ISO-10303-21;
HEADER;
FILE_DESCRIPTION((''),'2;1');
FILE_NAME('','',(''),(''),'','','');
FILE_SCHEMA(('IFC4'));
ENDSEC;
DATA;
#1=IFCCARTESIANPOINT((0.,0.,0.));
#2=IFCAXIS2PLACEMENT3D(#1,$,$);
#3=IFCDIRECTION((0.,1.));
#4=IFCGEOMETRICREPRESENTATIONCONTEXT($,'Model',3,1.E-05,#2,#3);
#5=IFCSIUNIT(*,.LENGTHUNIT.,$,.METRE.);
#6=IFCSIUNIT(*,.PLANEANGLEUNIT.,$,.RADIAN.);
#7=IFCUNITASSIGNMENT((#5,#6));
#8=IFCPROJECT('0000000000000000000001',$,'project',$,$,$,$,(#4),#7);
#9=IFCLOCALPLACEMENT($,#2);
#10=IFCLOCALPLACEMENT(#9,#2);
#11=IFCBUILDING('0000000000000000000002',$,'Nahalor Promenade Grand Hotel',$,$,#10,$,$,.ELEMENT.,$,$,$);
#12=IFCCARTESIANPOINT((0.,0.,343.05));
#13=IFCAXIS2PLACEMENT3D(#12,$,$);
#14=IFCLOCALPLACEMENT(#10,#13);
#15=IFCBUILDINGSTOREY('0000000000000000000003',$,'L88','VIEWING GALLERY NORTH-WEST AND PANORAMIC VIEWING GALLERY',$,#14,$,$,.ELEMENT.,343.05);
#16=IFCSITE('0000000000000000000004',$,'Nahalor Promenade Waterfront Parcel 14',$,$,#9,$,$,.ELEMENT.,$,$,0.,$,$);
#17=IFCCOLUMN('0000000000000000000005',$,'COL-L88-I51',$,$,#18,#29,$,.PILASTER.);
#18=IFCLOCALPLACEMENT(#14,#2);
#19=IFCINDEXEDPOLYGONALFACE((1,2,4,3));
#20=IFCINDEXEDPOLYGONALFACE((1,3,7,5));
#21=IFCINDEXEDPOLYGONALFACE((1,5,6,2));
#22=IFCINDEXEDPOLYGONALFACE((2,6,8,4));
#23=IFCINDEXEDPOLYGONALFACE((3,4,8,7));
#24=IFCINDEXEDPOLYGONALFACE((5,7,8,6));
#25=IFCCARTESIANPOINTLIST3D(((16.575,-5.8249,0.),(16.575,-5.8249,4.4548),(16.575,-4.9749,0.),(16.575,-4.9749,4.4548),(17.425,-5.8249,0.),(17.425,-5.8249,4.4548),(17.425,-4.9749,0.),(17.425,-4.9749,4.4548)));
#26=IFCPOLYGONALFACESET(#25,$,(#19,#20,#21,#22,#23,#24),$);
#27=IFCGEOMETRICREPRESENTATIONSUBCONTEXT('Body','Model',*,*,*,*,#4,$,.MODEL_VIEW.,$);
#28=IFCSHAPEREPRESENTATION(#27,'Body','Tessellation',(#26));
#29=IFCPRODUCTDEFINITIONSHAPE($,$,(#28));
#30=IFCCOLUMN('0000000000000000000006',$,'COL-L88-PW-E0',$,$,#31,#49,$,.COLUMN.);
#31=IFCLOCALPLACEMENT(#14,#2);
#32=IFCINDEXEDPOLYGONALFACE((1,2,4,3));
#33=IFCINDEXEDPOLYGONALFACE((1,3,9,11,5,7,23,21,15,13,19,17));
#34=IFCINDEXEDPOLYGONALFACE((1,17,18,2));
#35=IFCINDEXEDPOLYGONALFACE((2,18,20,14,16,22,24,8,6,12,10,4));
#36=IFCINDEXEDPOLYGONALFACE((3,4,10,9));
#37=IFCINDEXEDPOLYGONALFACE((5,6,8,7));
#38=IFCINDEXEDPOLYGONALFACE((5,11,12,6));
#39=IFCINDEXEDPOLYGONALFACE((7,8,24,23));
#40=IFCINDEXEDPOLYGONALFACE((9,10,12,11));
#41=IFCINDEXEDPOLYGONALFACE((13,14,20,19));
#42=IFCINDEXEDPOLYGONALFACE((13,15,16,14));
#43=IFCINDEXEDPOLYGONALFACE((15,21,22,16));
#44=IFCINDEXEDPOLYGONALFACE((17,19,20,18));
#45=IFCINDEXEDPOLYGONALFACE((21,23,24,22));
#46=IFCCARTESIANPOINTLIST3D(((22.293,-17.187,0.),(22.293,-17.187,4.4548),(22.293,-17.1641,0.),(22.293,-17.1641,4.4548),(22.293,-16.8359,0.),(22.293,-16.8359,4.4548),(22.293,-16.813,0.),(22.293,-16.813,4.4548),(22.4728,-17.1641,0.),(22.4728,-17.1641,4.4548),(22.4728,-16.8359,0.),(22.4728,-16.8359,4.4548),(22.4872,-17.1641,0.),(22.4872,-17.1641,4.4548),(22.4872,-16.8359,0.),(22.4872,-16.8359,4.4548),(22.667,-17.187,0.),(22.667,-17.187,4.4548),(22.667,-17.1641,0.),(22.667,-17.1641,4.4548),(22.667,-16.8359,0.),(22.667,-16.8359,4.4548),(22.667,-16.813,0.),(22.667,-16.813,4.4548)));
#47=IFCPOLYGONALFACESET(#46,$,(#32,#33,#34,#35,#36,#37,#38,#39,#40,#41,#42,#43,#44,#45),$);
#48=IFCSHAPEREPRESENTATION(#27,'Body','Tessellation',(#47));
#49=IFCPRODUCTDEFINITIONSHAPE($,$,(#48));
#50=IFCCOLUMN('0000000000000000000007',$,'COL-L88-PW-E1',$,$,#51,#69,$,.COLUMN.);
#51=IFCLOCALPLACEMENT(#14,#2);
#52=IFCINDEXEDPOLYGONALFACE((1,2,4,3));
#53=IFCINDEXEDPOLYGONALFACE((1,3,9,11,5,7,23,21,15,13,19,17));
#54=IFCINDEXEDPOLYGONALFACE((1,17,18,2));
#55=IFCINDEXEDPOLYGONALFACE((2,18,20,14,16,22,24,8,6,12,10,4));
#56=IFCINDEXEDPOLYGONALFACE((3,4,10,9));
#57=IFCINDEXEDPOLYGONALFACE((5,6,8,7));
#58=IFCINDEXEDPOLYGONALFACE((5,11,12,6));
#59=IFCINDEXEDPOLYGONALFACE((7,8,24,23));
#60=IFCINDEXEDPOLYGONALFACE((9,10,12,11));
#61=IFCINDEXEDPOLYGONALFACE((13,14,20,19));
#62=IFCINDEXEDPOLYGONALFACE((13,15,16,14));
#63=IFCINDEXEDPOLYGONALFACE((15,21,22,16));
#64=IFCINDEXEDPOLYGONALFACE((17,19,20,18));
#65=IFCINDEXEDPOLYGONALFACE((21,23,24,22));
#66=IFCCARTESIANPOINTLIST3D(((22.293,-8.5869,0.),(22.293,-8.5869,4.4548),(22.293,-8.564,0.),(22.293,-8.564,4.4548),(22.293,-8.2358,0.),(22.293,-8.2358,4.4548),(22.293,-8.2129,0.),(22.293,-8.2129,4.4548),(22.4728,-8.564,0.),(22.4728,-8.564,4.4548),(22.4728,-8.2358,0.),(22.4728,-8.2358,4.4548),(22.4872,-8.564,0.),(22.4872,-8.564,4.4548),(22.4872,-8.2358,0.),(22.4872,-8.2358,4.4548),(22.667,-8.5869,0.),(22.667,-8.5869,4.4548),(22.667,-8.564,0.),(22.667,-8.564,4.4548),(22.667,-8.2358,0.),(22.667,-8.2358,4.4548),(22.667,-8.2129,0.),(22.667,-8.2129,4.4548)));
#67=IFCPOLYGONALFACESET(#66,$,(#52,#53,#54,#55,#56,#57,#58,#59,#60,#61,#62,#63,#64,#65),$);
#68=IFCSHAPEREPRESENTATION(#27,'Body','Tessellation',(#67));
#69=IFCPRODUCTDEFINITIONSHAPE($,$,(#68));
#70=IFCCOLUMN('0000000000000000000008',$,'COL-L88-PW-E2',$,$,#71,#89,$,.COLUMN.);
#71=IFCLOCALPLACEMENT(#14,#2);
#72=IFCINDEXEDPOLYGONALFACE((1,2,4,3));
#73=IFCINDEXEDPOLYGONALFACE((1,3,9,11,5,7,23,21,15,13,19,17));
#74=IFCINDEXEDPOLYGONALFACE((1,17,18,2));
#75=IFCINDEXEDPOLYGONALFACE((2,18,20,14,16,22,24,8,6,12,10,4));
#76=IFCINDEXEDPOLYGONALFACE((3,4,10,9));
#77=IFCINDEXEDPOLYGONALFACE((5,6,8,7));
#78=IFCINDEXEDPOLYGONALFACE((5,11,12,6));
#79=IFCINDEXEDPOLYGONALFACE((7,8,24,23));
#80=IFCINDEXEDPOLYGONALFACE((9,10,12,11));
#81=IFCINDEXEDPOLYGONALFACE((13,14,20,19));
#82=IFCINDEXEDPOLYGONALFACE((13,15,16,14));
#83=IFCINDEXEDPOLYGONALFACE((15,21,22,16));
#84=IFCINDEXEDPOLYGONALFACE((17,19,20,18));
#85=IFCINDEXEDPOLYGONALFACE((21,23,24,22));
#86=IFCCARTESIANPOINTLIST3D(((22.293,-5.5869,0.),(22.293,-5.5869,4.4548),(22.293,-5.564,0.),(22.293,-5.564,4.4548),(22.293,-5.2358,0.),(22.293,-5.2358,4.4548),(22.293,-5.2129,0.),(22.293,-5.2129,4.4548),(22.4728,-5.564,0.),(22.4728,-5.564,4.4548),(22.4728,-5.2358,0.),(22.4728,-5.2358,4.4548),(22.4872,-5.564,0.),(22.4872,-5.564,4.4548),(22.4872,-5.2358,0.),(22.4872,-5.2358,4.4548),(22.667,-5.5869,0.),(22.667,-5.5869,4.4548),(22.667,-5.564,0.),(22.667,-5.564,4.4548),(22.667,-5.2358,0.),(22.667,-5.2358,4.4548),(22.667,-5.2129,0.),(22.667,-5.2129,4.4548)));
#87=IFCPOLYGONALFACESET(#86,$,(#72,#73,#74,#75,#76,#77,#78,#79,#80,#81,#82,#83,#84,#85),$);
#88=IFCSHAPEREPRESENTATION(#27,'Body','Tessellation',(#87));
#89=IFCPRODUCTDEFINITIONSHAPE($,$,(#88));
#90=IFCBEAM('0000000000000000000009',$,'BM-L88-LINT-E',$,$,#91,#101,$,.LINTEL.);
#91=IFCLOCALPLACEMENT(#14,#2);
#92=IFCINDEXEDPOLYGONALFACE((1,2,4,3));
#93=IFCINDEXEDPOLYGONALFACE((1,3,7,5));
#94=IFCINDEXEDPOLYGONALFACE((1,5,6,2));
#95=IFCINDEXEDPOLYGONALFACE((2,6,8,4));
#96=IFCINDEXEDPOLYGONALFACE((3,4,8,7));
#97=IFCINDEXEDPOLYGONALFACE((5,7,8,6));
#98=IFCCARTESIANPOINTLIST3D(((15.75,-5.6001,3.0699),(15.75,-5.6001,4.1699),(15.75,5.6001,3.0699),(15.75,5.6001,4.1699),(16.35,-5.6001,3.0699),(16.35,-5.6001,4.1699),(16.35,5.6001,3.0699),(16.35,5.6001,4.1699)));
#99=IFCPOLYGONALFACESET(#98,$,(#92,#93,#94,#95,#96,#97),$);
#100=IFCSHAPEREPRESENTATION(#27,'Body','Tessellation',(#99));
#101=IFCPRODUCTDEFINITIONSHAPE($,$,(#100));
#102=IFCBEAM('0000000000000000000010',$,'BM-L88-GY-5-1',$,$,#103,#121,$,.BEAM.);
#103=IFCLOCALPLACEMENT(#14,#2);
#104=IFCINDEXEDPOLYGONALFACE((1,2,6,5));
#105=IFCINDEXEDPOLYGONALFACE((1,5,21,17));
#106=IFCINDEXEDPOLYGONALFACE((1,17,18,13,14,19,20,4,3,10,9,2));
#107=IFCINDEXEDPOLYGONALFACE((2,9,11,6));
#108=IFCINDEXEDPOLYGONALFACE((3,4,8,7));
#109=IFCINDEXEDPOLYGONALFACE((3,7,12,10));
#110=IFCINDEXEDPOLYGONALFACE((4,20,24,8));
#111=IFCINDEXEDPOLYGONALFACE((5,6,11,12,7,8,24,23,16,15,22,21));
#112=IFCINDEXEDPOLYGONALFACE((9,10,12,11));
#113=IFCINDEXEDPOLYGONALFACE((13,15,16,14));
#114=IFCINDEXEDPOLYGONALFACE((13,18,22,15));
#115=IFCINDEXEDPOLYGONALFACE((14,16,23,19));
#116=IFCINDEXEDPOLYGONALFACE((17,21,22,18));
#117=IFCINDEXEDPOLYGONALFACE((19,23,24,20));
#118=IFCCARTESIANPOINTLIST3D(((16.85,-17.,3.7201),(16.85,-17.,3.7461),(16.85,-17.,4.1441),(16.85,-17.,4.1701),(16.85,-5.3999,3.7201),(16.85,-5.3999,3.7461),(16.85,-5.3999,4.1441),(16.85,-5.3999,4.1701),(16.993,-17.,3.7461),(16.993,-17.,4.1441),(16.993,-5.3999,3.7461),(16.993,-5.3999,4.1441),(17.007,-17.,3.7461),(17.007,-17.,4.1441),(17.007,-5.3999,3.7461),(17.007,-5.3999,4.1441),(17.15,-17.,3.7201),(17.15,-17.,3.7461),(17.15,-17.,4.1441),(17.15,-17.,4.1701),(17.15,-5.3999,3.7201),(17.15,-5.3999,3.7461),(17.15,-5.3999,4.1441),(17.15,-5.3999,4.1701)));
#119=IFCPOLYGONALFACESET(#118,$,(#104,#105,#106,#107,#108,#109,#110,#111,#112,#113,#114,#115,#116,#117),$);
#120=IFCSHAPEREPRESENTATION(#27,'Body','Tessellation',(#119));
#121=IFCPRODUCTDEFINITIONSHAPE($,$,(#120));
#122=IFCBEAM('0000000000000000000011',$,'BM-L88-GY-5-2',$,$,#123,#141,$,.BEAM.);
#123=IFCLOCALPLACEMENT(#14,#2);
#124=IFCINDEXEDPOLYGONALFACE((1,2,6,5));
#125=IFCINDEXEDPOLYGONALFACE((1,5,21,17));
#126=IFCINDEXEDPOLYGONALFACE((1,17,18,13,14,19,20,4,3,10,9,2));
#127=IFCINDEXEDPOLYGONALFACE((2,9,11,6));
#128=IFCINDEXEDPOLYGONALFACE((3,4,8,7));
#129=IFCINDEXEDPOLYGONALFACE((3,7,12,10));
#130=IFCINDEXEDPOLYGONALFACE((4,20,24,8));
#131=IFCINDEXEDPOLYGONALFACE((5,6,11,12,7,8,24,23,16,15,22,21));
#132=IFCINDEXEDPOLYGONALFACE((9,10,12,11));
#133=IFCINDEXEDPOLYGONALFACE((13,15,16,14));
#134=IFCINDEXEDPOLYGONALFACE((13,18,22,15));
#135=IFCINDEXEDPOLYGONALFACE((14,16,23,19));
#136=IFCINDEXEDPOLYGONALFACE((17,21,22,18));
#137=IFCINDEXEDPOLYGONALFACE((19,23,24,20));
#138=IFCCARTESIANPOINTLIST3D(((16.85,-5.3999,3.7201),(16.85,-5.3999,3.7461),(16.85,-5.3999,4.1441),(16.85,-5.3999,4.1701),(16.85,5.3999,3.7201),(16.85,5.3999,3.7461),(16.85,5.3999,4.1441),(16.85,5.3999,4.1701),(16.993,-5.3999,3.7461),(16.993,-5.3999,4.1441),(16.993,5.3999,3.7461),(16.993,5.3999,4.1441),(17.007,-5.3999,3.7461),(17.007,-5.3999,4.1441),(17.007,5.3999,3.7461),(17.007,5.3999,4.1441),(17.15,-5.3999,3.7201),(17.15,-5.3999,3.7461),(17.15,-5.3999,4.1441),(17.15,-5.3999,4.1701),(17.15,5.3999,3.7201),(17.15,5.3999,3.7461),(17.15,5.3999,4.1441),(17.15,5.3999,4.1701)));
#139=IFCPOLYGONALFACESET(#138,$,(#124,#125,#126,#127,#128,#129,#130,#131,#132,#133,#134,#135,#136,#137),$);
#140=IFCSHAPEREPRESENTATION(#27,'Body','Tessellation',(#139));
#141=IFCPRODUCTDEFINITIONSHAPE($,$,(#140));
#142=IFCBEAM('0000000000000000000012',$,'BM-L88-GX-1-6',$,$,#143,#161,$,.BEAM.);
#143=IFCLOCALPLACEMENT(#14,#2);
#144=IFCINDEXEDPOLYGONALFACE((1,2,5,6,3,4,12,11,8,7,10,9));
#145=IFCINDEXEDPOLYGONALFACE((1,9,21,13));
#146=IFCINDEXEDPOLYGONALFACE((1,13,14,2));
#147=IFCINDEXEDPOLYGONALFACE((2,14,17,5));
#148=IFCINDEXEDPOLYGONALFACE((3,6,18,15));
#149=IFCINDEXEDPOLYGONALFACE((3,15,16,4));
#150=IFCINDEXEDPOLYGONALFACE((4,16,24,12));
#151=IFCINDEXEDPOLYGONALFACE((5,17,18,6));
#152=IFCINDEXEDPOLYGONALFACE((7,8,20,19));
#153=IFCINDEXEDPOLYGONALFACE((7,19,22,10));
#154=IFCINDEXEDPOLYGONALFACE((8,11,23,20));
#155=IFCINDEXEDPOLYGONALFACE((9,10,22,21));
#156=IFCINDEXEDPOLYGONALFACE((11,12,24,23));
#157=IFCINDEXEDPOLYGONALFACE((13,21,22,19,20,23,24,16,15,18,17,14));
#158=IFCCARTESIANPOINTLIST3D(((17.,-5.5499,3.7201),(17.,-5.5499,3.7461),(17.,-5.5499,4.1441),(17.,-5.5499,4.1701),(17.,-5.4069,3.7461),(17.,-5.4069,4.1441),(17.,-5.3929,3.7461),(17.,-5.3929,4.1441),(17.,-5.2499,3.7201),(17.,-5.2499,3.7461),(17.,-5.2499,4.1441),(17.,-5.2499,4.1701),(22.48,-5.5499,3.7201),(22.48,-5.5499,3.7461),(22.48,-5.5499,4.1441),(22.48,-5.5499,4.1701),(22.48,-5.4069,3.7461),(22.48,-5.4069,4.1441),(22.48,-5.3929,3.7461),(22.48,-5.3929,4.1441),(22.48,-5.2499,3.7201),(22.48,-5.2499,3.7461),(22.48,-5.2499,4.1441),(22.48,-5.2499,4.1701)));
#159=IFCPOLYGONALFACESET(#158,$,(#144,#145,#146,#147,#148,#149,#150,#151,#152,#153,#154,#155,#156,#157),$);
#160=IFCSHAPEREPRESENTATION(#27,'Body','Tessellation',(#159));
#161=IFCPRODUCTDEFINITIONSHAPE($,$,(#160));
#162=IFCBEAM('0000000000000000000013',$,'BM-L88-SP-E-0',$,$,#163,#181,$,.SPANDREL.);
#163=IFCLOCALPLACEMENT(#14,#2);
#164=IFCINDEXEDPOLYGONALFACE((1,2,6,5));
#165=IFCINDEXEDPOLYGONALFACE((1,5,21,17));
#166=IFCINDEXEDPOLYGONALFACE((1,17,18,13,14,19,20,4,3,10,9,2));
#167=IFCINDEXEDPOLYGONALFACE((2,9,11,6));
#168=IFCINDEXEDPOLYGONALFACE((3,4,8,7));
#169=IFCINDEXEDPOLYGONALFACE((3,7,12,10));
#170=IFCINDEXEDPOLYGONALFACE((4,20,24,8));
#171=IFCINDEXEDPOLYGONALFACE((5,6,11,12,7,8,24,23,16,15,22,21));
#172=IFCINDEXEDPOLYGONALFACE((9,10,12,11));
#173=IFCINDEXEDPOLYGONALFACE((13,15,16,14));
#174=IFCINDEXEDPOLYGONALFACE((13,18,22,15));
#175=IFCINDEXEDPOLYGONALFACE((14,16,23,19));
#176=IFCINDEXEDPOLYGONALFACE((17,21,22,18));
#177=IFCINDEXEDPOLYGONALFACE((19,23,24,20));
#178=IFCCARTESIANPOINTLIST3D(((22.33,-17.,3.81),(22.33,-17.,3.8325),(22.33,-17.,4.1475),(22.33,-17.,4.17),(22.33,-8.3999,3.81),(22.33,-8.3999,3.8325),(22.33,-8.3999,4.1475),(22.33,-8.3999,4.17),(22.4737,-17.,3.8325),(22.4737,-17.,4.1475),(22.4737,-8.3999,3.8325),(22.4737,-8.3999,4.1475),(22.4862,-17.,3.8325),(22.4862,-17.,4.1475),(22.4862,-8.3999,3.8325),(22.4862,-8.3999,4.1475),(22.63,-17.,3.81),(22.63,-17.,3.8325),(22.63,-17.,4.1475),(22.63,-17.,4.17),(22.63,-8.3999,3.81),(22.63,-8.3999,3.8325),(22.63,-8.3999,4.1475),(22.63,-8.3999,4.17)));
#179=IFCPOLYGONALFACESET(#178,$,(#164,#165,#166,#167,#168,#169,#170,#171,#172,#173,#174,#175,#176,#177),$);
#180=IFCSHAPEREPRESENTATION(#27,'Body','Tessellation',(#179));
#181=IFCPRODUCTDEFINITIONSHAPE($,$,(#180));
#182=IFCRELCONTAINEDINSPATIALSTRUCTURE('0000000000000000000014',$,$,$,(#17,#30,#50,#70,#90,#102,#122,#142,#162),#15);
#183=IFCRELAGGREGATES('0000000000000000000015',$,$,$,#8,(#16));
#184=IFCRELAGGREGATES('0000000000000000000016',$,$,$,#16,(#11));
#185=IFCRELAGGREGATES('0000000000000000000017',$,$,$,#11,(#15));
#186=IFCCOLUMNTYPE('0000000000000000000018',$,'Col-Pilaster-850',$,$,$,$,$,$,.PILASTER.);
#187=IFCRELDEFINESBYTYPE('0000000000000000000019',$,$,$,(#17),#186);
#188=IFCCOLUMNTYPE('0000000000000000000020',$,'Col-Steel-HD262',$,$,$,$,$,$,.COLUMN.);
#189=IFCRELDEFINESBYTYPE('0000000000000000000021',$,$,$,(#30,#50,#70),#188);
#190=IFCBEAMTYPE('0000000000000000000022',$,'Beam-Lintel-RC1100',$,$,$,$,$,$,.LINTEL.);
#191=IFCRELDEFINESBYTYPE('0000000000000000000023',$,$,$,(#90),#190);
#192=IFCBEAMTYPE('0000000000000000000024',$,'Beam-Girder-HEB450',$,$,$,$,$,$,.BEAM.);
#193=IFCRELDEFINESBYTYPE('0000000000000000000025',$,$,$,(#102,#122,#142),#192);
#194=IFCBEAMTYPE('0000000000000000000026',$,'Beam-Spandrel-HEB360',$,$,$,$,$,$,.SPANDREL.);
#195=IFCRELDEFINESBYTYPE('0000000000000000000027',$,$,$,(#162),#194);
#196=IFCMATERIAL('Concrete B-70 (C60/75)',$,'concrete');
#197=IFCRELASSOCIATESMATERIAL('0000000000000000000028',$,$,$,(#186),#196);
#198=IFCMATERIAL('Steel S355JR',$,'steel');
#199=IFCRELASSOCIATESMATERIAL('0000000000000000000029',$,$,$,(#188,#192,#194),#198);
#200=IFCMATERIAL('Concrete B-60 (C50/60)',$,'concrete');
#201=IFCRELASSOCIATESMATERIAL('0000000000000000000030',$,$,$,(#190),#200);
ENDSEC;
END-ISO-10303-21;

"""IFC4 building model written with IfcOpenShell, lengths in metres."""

from ifc_helpers import new_model, si_unit, direction, frame, origin, origin_2d, place, context, subcontext, project, spatial, rectangle, i_section, extrude, source, transform, mapped, material, material_profile, profile_set, type_object, element, save


model = new_model("IFC4")

# Units and contexts
model_context = context("Model", 3, precision=1e-05, world=origin(), true_north=direction((0.0, 1.0)))
body_context = subcontext(model_context, "Body", "Model", "MODEL_VIEW")
ifc_project = project(units=[si_unit("LENGTHUNIT", "METRE"), si_unit("PLANEANGLEUNIT", "RADIAN")], contexts=[model_context])

# Site, building, storey
site_placement = place(None, origin())
site = spatial("IfcSite", under=ifc_project, at=site_placement, Name="Nahalor Promenade Waterfront Parcel 14", CompositionType="ELEMENT", RefElevation=0.0)
building_placement = place(site_placement, origin())
building = spatial("IfcBuilding", under=site, at=building_placement, Name="Nahalor Promenade Grand Hotel", CompositionType="ELEMENT")
storey_placement = place(building_placement, frame((0.0, 0.0, 343.05)))
storey = spatial("IfcBuildingStorey", under=building, at=storey_placement, Name="L88", Description="VIEWING GALLERY NORTH-WEST AND PANORAMIC VIEWING GALLERY", CompositionType="ELEMENT", Elevation=343.05)

# Columns
ifc_material_1 = material(Name="Concrete B-70 (C60/75)", Category="concrete")
ifc_material_profile_1 = material_profile(ifc_material_1, rectangle(XDim=0.85, YDim=0.85, at=origin_2d()), Name="RC 850x850")
ifc_profile_set_1 = profile_set([ifc_material_profile_1], Name="Concrete B-70 (C60/75)")
column_type_1 = type_object("IfcColumnType", Name="Col-Pilaster-850", PredefinedType="PILASTER", material=ifc_profile_set_1)
shared_shape_1 = source(origin(), body_context, "Body", "SweptSolid", [
    extrude(rectangle(XDim=0.85, YDim=0.85, at=origin_2d()), origin(), (0.0, 0.0, 1.0), 4.4548),
])
column_placement = place(storey_placement, frame((17.0, -5.3999, 0.0), z_axis=(0.0, 0.0, 1.0), x_axis=(1.0, 0.0, 0.0)))
element("IfcColumn", 1, at=column_placement, inside=storey, type_object=column_type_1, Name="COL-L88-I51", PredefinedType="PILASTER", context=body_context, shape_type="MappedRepresentation", body=[
    mapped(shared_shape_1, transform((0.0, 0.0, 0.0), scale=1.0)),
])
ifc_material_2 = material(Name="Steel S355JR", Category="steel")
ifc_material_profile_2 = material_profile(ifc_material_2, i_section(OverallWidth=0.374, OverallDepth=0.374, WebThickness=0.0144, FlangeThickness=0.0229, at=origin_2d()), Name="HD 360x262")
ifc_profile_set_2 = profile_set([ifc_material_profile_2], Name="Steel S355JR")
column_type_2 = type_object("IfcColumnType", Name="Col-Steel-HD262", PredefinedType="COLUMN", material=ifc_profile_set_2)
shared_shape_2 = source(origin(), body_context, "Body", "SweptSolid", [
    extrude(i_section(OverallWidth=0.374, OverallDepth=0.374, WebThickness=0.0144, FlangeThickness=0.0229, at=origin_2d()), origin(), (0.0, 0.0, 1.0), 4.4548),
])
for number, where, z_axis, x_axis, name in (
    (2, (22.48, -17.0, 0.0), (0.0, 0.0, 1.0), (1.0, 0.0, 0.0), "COL-L88-PW-E0"),
    (3, (22.48, -8.3999, 0.0), (0.0, 0.0, 1.0), (1.0, 0.0, 0.0), "COL-L88-PW-E1"),
    (4, (22.48, -5.3999, 0.0), (0.0, 0.0, 1.0), (1.0, 0.0, 0.0), "COL-L88-PW-E2"),
):
    element("IfcColumn", number, at=place(storey_placement, frame(where, z_axis=z_axis, x_axis=x_axis)), inside=storey, type_object=column_type_2, Name=name, PredefinedType="COLUMN", context=body_context, shape_type="MappedRepresentation", body=[
        mapped(shared_shape_2, transform((0.0, 0.0, 0.0), scale=1.0)),
    ])

# Beams
ifc_material_3 = material(Name="Concrete B-60 (C50/60)", Category="concrete")
ifc_material_profile_3 = material_profile(ifc_material_3, rectangle(XDim=0.6, YDim=1.1, at=origin_2d()), Name="RC 600x1100")
ifc_profile_set_3 = profile_set([ifc_material_profile_3], Name="Concrete B-60 (C50/60)")
beam_type_1 = type_object("IfcBeamType", Name="Beam-Lintel-RC1100", PredefinedType="LINTEL", material=ifc_profile_set_3)
shared_shape_3 = source(origin(), body_context, "Body", "SweptSolid", [
    extrude(rectangle(XDim=0.6, YDim=1.1, at=origin_2d()), origin(), (0.0, 0.0, 1.0), 11.2002),
])
beam_1_placement = place(storey_placement, frame((16.05, -5.6001, 3.6199), z_axis=(0.0, 1.0, 0.0), x_axis=(-1.0, 0.0, 0.0)))
element("IfcBeam", 5, at=beam_1_placement, inside=storey, type_object=beam_type_1, Name="BM-L88-LINT-E", PredefinedType="LINTEL", context=body_context, shape_type="MappedRepresentation", body=[
    mapped(shared_shape_3, transform((0.0, 0.0, 0.0), scale=1.0)),
])
ifc_material_profile_4 = material_profile(ifc_material_2, i_section(OverallWidth=0.3, OverallDepth=0.45, WebThickness=0.014, FlangeThickness=0.026, at=origin_2d()), Name="HEB 450")
ifc_profile_set_4 = profile_set([ifc_material_profile_4], Name="Steel S355JR")
beam_type_2 = type_object("IfcBeamType", Name="Beam-Girder-HEB450", PredefinedType="BEAM", material=ifc_profile_set_4)
shared_shape_4 = source(origin(), body_context, "Body", "SweptSolid", [
    extrude(i_section(OverallWidth=0.3, OverallDepth=0.45, WebThickness=0.014, FlangeThickness=0.026, at=origin_2d()), origin(), (0.0, 0.0, 1.0), 11.6001),
])
beam_2_placement = place(storey_placement, frame((17.0, -17.0, 3.9451), z_axis=(0.0, 1.0, 0.0), x_axis=(-1.0, 0.0, 0.0)))
element("IfcBeam", 6, at=beam_2_placement, inside=storey, type_object=beam_type_2, Name="BM-L88-GY-5-1", PredefinedType="BEAM", context=body_context, shape_type="MappedRepresentation", body=[
    mapped(shared_shape_4, transform((0.0, 0.0, 0.0), scale=1.0)),
])
shared_shape_5 = source(origin(), body_context, "Body", "SweptSolid", [
    extrude(i_section(OverallWidth=0.3, OverallDepth=0.45, WebThickness=0.014, FlangeThickness=0.026, at=origin_2d()), origin(), (0.0, 0.0, 1.0), 10.7998),
])
beam_3_placement = place(storey_placement, frame((17.0, -5.3999, 3.9451), z_axis=(0.0, 1.0, 0.0), x_axis=(-1.0, 0.0, 0.0)))
element("IfcBeam", 7, at=beam_3_placement, inside=storey, type_object=beam_type_2, Name="BM-L88-GY-5-2", PredefinedType="BEAM", context=body_context, shape_type="MappedRepresentation", body=[
    mapped(shared_shape_5, transform((0.0, 0.0, 0.0), scale=1.0)),
])
shared_shape_6 = source(origin(), body_context, "Body", "SweptSolid", [
    extrude(i_section(OverallWidth=0.3, OverallDepth=0.45, WebThickness=0.014, FlangeThickness=0.026, at=origin_2d()), origin(), (0.0, 0.0, 1.0), 5.48),
])
beam_4_placement = place(storey_placement, frame((17.0, -5.3999, 3.9451), z_axis=(1.0, 0.0, 0.0), x_axis=(0.0, 1.0, 0.0)))
element("IfcBeam", 8, at=beam_4_placement, inside=storey, type_object=beam_type_2, Name="BM-L88-GX-1-6", PredefinedType="BEAM", context=body_context, shape_type="MappedRepresentation", body=[
    mapped(shared_shape_6, transform((0.0, 0.0, 0.0), scale=1.0)),
])
ifc_material_profile_5 = material_profile(ifc_material_2, i_section(OverallWidth=0.3, OverallDepth=0.36, WebThickness=0.0125, FlangeThickness=0.0225, at=origin_2d()), Name="HEB 360")
ifc_profile_set_5 = profile_set([ifc_material_profile_5], Name="Steel S355JR")
beam_type_3 = type_object("IfcBeamType", Name="Beam-Spandrel-HEB360", PredefinedType="SPANDREL", material=ifc_profile_set_5)
shared_shape_7 = source(origin(), body_context, "Body", "SweptSolid", [
    extrude(i_section(OverallWidth=0.3, OverallDepth=0.36, WebThickness=0.0125, FlangeThickness=0.0225, at=origin_2d()), origin(), (0.0, 0.0, 1.0), 8.6001),
])
beam_5_placement = place(storey_placement, frame((22.48, -17.0, 3.99), z_axis=(0.0, 1.0, 0.0), x_axis=(-1.0, 0.0, 0.0)))
element("IfcBeam", 9, at=beam_5_placement, inside=storey, type_object=beam_type_3, Name="BM-L88-SP-E-0", PredefinedType="SPANDREL", context=body_context, shape_type="MappedRepresentation", body=[
    mapped(shared_shape_7, transform((0.0, 0.0, 0.0), scale=1.0)),
])

save(model, "model.ifc")
